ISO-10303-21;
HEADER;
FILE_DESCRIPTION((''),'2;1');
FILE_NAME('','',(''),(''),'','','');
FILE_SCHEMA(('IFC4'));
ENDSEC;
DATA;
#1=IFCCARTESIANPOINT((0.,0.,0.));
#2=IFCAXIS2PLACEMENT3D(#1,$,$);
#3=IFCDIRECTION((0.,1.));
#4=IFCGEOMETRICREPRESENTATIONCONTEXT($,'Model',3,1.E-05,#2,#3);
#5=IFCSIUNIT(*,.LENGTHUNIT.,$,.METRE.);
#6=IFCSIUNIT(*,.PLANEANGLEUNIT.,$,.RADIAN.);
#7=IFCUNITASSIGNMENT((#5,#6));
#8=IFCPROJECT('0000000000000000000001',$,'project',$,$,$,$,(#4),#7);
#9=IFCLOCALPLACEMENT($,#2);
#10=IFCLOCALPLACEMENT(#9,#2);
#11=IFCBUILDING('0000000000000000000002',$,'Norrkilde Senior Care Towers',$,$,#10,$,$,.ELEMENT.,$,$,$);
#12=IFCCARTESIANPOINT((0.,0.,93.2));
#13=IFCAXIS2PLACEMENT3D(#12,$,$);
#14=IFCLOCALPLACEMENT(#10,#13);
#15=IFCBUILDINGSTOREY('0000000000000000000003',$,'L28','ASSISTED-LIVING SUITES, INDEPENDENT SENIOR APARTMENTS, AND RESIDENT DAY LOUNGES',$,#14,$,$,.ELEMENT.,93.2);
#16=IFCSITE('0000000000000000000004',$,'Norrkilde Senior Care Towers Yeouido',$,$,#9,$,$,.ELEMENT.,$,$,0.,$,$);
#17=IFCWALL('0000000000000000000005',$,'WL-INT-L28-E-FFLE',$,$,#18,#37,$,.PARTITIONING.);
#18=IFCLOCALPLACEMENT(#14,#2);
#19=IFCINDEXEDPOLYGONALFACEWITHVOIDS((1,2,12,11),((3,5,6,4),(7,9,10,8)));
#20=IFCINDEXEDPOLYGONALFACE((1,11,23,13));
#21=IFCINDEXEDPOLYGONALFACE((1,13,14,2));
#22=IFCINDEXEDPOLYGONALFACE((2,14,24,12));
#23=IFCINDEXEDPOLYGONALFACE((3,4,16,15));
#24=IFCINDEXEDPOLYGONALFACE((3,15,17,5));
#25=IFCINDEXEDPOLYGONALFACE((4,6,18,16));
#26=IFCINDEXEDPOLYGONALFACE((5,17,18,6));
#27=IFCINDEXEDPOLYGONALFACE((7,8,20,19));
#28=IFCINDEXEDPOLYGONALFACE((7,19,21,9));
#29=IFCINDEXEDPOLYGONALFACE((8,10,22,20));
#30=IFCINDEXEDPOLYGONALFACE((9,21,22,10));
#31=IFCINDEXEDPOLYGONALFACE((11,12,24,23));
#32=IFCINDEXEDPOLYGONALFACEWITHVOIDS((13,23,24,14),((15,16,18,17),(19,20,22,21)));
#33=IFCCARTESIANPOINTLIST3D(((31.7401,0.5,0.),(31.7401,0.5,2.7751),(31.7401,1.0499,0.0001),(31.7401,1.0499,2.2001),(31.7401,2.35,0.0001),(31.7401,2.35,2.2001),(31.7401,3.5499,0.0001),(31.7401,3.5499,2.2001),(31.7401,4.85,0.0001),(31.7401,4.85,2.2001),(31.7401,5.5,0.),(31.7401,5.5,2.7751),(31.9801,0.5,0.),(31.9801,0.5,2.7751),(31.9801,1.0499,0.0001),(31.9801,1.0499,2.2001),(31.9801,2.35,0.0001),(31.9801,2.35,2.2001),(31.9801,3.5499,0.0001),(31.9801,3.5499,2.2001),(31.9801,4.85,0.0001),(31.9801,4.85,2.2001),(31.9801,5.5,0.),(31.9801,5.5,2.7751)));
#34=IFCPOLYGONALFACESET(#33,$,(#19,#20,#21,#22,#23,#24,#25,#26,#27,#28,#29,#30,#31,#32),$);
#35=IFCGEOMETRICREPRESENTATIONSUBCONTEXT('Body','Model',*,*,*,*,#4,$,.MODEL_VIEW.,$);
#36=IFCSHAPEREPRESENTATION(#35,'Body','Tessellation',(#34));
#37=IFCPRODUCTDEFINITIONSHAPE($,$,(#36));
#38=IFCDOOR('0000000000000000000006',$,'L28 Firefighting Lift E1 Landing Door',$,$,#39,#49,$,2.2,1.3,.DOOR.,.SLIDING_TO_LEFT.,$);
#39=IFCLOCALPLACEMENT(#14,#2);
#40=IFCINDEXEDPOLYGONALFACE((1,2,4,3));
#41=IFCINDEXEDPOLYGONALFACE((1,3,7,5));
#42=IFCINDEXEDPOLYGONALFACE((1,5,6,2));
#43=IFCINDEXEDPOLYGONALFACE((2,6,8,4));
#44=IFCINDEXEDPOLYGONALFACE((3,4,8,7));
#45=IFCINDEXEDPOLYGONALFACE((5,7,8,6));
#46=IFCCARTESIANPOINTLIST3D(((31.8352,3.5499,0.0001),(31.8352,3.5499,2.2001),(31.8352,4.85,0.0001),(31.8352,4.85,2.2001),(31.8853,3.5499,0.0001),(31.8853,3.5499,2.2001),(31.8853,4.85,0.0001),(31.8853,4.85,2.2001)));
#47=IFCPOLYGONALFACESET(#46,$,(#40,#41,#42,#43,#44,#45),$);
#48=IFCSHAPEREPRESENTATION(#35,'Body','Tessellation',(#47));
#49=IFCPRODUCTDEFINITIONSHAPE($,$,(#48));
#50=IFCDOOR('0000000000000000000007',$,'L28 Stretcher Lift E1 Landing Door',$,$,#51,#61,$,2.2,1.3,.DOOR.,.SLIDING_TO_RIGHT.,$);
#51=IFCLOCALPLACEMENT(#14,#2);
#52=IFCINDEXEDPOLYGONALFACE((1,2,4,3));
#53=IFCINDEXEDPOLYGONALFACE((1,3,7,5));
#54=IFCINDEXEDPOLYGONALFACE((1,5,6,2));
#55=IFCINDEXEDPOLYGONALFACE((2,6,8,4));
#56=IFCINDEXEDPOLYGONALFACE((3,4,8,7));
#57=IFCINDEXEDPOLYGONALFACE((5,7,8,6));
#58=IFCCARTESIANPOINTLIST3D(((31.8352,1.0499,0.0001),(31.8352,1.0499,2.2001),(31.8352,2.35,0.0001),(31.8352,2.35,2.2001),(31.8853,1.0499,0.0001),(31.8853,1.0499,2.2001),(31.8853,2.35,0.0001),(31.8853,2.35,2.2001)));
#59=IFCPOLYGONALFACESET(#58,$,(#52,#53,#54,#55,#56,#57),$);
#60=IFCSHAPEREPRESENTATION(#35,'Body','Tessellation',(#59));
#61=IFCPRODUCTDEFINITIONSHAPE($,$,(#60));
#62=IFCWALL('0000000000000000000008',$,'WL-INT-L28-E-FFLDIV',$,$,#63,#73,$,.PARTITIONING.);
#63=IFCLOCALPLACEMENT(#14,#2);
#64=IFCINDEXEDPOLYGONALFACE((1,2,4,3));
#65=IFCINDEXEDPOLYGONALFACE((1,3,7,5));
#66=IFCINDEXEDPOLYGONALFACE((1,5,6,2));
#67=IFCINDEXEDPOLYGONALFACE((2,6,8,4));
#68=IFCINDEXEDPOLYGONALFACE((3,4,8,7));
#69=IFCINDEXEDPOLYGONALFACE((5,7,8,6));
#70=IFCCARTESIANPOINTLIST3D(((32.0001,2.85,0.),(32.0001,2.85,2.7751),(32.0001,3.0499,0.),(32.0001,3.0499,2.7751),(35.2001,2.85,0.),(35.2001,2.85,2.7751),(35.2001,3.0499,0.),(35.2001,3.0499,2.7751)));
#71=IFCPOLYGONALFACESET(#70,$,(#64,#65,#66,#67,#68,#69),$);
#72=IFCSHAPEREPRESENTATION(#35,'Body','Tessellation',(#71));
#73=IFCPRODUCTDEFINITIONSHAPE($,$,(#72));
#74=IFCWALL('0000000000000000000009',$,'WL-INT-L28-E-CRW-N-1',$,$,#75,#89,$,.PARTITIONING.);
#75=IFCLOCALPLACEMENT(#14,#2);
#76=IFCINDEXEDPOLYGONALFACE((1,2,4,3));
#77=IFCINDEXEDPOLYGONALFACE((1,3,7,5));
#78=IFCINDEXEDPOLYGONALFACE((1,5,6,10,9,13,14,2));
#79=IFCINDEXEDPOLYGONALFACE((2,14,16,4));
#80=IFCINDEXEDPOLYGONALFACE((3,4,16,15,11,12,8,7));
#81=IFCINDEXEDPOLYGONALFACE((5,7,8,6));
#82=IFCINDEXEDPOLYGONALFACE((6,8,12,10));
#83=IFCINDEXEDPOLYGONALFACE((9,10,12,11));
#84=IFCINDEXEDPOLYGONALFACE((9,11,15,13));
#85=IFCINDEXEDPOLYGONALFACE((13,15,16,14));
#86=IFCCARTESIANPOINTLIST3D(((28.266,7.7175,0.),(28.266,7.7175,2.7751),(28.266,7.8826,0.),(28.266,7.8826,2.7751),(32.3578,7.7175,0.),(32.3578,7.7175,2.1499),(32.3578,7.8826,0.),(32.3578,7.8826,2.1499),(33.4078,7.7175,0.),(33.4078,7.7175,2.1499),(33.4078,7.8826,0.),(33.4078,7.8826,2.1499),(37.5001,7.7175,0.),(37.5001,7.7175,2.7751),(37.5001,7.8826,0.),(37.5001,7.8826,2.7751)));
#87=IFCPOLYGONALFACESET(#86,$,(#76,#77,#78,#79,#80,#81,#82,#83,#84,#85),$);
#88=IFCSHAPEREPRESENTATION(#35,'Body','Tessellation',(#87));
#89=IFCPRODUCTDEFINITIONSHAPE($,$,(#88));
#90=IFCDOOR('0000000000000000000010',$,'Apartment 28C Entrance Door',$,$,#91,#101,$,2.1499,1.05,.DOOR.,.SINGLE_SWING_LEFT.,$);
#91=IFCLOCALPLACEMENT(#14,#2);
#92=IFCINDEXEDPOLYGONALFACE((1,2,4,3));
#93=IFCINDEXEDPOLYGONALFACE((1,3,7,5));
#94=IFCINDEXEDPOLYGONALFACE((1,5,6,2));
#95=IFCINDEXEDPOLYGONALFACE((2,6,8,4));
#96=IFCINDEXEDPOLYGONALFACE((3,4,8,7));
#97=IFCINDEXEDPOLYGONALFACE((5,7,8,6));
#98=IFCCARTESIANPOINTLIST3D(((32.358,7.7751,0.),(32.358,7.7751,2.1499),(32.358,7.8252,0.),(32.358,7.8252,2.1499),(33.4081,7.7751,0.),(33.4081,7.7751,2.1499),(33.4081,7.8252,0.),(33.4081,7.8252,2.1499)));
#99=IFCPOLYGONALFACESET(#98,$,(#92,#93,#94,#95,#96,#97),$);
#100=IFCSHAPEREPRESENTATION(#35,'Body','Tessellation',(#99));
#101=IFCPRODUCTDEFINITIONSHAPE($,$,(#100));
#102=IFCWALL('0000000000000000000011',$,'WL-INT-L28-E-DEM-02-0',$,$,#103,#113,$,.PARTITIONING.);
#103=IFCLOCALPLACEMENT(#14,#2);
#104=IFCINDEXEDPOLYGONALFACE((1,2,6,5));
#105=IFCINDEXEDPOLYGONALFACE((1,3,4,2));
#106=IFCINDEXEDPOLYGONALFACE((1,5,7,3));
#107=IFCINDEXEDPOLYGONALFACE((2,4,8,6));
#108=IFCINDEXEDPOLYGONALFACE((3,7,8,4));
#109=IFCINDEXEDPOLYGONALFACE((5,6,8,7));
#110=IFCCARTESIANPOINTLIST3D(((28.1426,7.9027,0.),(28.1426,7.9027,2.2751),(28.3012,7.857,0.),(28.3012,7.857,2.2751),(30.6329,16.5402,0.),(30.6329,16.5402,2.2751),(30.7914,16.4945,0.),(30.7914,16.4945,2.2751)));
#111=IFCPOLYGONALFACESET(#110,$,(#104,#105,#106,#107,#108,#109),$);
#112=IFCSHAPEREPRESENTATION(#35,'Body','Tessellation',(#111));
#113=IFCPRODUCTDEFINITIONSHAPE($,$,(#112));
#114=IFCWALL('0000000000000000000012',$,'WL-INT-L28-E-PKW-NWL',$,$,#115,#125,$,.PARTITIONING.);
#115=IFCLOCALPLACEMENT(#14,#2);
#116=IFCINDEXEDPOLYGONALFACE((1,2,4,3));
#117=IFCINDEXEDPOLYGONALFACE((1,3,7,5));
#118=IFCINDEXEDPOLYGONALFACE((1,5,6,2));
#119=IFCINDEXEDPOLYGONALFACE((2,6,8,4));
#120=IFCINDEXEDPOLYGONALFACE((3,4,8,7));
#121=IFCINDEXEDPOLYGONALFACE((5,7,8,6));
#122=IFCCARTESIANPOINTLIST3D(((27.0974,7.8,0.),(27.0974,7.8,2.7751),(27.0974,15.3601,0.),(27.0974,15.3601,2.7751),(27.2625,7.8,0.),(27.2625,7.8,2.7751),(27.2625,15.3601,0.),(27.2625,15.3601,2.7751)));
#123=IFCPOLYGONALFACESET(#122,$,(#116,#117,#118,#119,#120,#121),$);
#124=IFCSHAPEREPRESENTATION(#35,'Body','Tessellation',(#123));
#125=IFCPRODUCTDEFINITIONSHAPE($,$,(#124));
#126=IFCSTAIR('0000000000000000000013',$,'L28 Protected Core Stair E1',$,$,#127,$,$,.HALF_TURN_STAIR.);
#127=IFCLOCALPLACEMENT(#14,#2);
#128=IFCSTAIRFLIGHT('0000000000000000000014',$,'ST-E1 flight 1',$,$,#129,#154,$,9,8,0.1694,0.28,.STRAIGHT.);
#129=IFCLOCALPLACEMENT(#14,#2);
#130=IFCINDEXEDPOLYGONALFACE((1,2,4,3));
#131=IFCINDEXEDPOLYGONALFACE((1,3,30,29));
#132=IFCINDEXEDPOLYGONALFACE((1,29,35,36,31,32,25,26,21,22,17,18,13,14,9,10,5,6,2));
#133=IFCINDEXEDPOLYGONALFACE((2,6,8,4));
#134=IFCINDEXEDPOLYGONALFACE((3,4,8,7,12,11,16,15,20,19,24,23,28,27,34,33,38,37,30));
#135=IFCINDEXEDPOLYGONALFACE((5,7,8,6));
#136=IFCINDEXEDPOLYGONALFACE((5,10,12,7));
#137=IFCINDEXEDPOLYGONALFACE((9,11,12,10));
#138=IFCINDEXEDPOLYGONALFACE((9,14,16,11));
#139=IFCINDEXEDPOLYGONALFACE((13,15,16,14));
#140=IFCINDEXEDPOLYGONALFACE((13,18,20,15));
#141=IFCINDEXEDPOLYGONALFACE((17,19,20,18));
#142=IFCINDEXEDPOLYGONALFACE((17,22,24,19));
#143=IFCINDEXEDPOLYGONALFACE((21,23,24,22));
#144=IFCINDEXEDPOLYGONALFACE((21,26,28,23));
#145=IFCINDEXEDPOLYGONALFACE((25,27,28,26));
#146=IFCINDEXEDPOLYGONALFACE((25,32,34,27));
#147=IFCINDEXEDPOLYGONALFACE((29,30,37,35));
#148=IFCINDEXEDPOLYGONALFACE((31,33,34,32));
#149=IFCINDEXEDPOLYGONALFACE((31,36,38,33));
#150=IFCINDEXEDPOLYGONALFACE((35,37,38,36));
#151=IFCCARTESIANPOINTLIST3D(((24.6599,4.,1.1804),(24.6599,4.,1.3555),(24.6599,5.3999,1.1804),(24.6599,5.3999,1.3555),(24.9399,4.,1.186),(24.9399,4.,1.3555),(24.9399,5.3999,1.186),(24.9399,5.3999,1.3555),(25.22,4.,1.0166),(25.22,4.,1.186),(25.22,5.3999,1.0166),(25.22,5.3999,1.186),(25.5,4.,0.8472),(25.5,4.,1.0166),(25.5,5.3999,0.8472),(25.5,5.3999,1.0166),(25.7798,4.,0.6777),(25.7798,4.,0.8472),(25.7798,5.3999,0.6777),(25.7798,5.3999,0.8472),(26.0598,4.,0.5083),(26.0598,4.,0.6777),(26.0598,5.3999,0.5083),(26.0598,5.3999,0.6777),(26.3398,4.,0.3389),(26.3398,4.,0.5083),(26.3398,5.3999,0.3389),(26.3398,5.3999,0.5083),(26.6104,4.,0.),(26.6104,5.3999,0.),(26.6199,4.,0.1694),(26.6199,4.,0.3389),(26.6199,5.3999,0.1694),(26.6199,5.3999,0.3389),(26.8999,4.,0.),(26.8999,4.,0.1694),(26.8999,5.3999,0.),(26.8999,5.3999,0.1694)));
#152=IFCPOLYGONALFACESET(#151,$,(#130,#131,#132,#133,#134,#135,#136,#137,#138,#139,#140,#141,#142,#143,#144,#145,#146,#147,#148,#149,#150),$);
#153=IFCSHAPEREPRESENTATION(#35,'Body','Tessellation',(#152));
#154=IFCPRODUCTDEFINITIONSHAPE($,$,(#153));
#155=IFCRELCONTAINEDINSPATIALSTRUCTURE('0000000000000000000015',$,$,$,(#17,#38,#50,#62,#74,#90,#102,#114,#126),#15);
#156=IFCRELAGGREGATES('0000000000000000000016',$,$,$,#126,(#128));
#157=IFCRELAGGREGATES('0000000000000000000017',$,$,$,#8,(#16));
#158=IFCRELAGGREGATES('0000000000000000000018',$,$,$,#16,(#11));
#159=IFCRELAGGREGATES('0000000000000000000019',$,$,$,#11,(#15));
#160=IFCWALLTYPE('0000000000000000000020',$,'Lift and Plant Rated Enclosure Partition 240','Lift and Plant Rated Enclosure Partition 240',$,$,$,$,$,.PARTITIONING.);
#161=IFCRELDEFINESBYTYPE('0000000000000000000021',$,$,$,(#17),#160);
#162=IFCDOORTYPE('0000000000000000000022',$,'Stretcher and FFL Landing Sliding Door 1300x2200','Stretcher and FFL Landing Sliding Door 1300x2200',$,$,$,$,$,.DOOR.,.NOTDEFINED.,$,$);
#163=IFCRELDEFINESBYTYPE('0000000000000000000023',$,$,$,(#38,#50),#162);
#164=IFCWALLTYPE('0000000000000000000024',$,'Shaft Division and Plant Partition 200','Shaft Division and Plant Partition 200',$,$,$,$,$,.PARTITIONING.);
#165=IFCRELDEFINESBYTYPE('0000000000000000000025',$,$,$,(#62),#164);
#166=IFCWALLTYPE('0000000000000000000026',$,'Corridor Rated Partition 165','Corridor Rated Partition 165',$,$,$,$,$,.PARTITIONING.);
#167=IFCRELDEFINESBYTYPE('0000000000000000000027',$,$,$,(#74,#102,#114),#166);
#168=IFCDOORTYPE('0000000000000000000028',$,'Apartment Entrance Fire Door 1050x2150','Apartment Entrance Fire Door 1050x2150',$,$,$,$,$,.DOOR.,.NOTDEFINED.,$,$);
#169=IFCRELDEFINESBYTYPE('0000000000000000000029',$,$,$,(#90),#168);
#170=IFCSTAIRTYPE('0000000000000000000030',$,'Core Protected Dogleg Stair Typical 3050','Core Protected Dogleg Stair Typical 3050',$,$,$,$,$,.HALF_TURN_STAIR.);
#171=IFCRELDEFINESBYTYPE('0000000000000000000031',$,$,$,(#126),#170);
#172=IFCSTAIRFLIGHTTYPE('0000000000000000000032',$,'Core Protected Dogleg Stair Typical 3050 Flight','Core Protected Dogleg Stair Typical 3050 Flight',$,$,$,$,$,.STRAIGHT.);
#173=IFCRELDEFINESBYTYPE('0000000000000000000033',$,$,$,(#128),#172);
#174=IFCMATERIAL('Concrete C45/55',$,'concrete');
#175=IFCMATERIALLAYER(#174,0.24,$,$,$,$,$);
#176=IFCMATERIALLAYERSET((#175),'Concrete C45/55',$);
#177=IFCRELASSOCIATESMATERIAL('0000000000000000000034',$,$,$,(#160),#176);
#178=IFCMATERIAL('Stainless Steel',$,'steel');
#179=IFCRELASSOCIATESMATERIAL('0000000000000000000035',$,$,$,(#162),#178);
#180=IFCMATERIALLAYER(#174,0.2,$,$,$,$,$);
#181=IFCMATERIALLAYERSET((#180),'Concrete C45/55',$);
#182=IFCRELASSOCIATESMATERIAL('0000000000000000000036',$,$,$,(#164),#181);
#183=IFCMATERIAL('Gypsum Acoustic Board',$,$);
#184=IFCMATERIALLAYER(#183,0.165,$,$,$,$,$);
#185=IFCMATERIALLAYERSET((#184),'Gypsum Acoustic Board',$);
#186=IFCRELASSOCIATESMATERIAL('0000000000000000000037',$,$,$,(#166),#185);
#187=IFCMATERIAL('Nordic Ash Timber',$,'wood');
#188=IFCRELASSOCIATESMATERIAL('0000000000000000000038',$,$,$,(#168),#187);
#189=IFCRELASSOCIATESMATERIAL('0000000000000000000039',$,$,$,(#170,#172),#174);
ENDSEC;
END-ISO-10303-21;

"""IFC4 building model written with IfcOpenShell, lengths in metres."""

from ifc_helpers import new_model, si_unit, direction, frame, frame_2d, origin, place, context, subcontext, project, spatial, polyline, rectangle, outline, extrude, source, transform, mapped, material, layer, layer_set, type_object, type_shapes, element, fill, aggregate, save


model = new_model("IFC4")

# Units and contexts
model_context = context("Model", 3, precision=1e-05, world=origin(), true_north=direction((0.0, 1.0)))
body_context = subcontext(model_context, "Body", "Model", "MODEL_VIEW")
ifc_project = project(units=[si_unit("LENGTHUNIT", "METRE"), si_unit("PLANEANGLEUNIT", "RADIAN")], contexts=[model_context])

# Site, building, storey
site_placement = place(None, origin())
site = spatial("IfcSite", under=ifc_project, at=site_placement, Name="Norrkilde Senior Care Towers Yeouido", CompositionType="ELEMENT", RefElevation=0.0)
building_placement = place(site_placement, origin())
building = spatial("IfcBuilding", under=site, at=building_placement, Name="Norrkilde Senior Care Towers", CompositionType="ELEMENT")
storey_placement = place(building_placement, frame((0.0, 0.0, 93.2)))
storey = spatial("IfcBuildingStorey", under=building, at=storey_placement, Name="L28", Description="ASSISTED-LIVING SUITES, INDEPENDENT SENIOR APARTMENTS, AND RESIDENT DAY LOUNGES", CompositionType="ELEMENT", Elevation=93.2)

# Wall, openings, doors
ifc_material_1 = material(Name="Concrete C45/55", Category="concrete")
ifc_layer_1 = layer(ifc_material_1, 0.24)
ifc_layer_set_1 = layer_set([ifc_layer_1], Name="Concrete C45/55")
wall_type_1 = type_object("IfcWallType", Name="Lift and Plant Rated Enclosure Partition 240", Description="Lift and Plant Rated Enclosure Partition 240", PredefinedType="PARTITIONING", material=ifc_layer_set_1)
shared_shape_1 = source(origin(), body_context, "Body", "SweptSolid", [
    extrude(rectangle(XDim=5.0, YDim=0.24, at=frame_2d((2.5, 0.0))), origin(), (0.0, 0.0, 1.0), 2.7751),
])
type_shapes(wall_type_1, [shared_shape_1])
wall_1_placement = place(storey_placement, frame((31.8601, 0.5, 0.0), z_axis=(0.0, 0.0, 1.0), x_axis=(0.0, 1.0, 0.0)))
wall_1 = element("IfcWall", 1, at=wall_1_placement, inside=storey, type_object=wall_type_1, Name="WL-INT-L28-E-FFLE", PredefinedType="PARTITIONING", context=body_context, shape_type="MappedRepresentation", body=[
    mapped(shared_shape_1, transform((0.0, 0.0, 0.0), x_axis=(1.0, 0.0, 0.0), y_axis=(0.0, 1.0, 0.0), z_axis=(0.0, 0.0, 1.0), scale=1.0)),
])
opening_1_placement = place(wall_1_placement, frame((3.05, 0.0, 0.0)))
opening_1 = element("IfcOpeningElement", 2, at=opening_1_placement, cuts=wall_1, PredefinedType="OPENING", context=body_context, shape_type="SweptSolid", body=[
    extrude(rectangle(XDim=1.3, YDim=2.2, at=frame_2d((0.6499, 1.1001))), frame((0.0, 0.1299, 0.0), z_axis=(0.0, -1.0, 0.0), x_axis=(1.0, 0.0, 0.0)), (0.0, 0.0, 1.0), 0.26),
])
opening_2_placement = place(wall_1_placement, frame((0.55, 0.0, 0.0)))
opening_2 = element("IfcOpeningElement", 3, at=opening_2_placement, cuts=wall_1, PredefinedType="OPENING", context=body_context, shape_type="SweptSolid", body=[
    extrude(rectangle(XDim=1.3, YDim=2.2, at=frame_2d((0.6499, 1.1001))), frame((0.0, 0.1299, 0.0), z_axis=(0.0, -1.0, 0.0), x_axis=(1.0, 0.0, 0.0)), (0.0, 0.0, 1.0), 0.26),
])
ifc_material_2 = material(Name="Stainless Steel", Category="steel")
door_type_1 = type_object("IfcDoorType", Name="Stretcher and FFL Landing Sliding Door 1300x2200", Description="Stretcher and FFL Landing Sliding Door 1300x2200", OperationType="NOTDEFINED", PredefinedType="DOOR", material=ifc_material_2)
shared_shape_2 = source(origin(), body_context, "Body", "SweptSolid", [
    extrude(rectangle(XDim=1.3, YDim=2.2, at=frame_2d((0.6499, 1.1001))), frame((0.0, 0.0249, 0.0), z_axis=(0.0, -1.0, 0.0), x_axis=(1.0, 0.0, 0.0)), (0.0, 0.0, 1.0), 0.05),
])
type_shapes(door_type_1, [shared_shape_2])
door_1_placement = place(opening_1_placement, origin())
door_1 = element("IfcDoor", 4, at=door_1_placement, inside=storey, type_object=door_type_1, Name="L28 Firefighting Lift E1 Landing Door", OperationType="SLIDING_TO_LEFT", OverallHeight=2.2, OverallWidth=1.3, PredefinedType="DOOR", context=body_context, shape_type="MappedRepresentation", body=[
    mapped(shared_shape_2, transform((0.0, 0.0, 0.0), x_axis=(1.0, 0.0, 0.0), y_axis=(0.0, 1.0, 0.0), z_axis=(0.0, 0.0, 1.0), scale=1.0)),
])
fill(opening_1, door_1)
door_2_placement = place(opening_2_placement, origin())
door_2 = element("IfcDoor", 5, at=door_2_placement, inside=storey, type_object=door_type_1, Name="L28 Stretcher Lift E1 Landing Door", OperationType="SLIDING_TO_RIGHT", OverallHeight=2.2, OverallWidth=1.3, PredefinedType="DOOR", context=body_context, shape_type="MappedRepresentation", body=[
    mapped(shared_shape_2, transform((0.0, 0.0, 0.0), x_axis=(1.0, 0.0, 0.0), y_axis=(0.0, 1.0, 0.0), z_axis=(0.0, 0.0, 1.0), scale=1.0)),
])
fill(opening_2, door_2)

# Wall
ifc_layer_2 = layer(ifc_material_1, 0.2)
ifc_layer_set_2 = layer_set([ifc_layer_2], Name="Concrete C45/55")
wall_type_2 = type_object("IfcWallType", Name="Shaft Division and Plant Partition 200", Description="Shaft Division and Plant Partition 200", PredefinedType="PARTITIONING", material=ifc_layer_set_2)
shared_shape_3 = source(origin(), body_context, "Body", "SweptSolid", [
    extrude(rectangle(XDim=3.2, YDim=0.2, at=frame_2d((1.6001, 0.0))), origin(), (0.0, 0.0, 1.0), 2.7751),
])
type_shapes(wall_type_2, [shared_shape_3])
wall_2_placement = place(storey_placement, frame((32.0, 2.95, 0.0), z_axis=(0.0, 0.0, 1.0), x_axis=(1.0, 0.0, 0.0)))
element("IfcWall", 6, at=wall_2_placement, inside=storey, type_object=wall_type_2, Name="WL-INT-L28-E-FFLDIV", PredefinedType="PARTITIONING", context=body_context, shape_type="MappedRepresentation", body=[
    mapped(shared_shape_3, transform((0.0, 0.0, 0.0), x_axis=(1.0, 0.0, 0.0), y_axis=(0.0, 1.0, 0.0), z_axis=(0.0, 0.0, 1.0), scale=1.0)),
])

# Wall, opening, door
ifc_material_3 = material(Name="Gypsum Acoustic Board")
ifc_layer_3 = layer(ifc_material_3, 0.165)
ifc_layer_set_3 = layer_set([ifc_layer_3], Name="Gypsum Acoustic Board")
wall_type_3 = type_object("IfcWallType", Name="Corridor Rated Partition 165", Description="Corridor Rated Partition 165", PredefinedType="PARTITIONING", material=ifc_layer_set_3)
shared_shape_4 = source(origin(), body_context, "Body", "SweptSolid", [
    extrude(rectangle(XDim=9.2341, YDim=0.165, at=frame_2d((4.6172, 0.0))), origin(), (0.0, 0.0, 1.0), 2.7751),
])
wall_3_placement = place(storey_placement, frame((28.2659, 7.8, 0.0), z_axis=(0.0, 0.0, 1.0), x_axis=(1.0, 0.0, 0.0)))
wall_3 = element("IfcWall", 7, at=wall_3_placement, inside=storey, type_object=wall_type_3, Name="WL-INT-L28-E-CRW-N-1", PredefinedType="PARTITIONING", context=body_context, shape_type="MappedRepresentation", body=[
    mapped(shared_shape_4, transform((0.0, 0.0, 0.0), x_axis=(1.0, 0.0, 0.0), y_axis=(0.0, 1.0, 0.0), z_axis=(0.0, 0.0, 1.0), scale=1.0)),
])
opening_3_placement = place(wall_3_placement, frame((4.092, 0.0, 0.0)))
opening_3 = element("IfcOpeningElement", 8, at=opening_3_placement, cuts=wall_3, PredefinedType="OPENING", context=body_context, shape_type="SweptSolid", body=[
    extrude(rectangle(XDim=1.05, YDim=2.1499, at=frame_2d((0.5249, 1.075))), frame((0.0, 0.0925, 0.0), z_axis=(0.0, -1.0, 0.0), x_axis=(1.0, 0.0, 0.0)), (0.0, 0.0, 1.0), 0.1851),
])
ifc_material_4 = material(Name="Nordic Ash Timber", Category="wood")
door_type_2 = type_object("IfcDoorType", Name="Apartment Entrance Fire Door 1050x2150", Description="Apartment Entrance Fire Door 1050x2150", OperationType="NOTDEFINED", PredefinedType="DOOR", material=ifc_material_4)
shared_shape_5 = source(origin(), body_context, "Body", "SweptSolid", [
    extrude(rectangle(XDim=1.05, YDim=2.1499, at=frame_2d((0.5249, 1.075))), frame((0.0, 0.0249, 0.0), z_axis=(0.0, -1.0, 0.0), x_axis=(1.0, 0.0, 0.0)), (0.0, 0.0, 1.0), 0.05),
])
type_shapes(door_type_2, [shared_shape_5])
door_3_placement = place(opening_3_placement, frame((1.05, 0.0, 0.0), z_axis=(0.0, 0.0, 1.0), x_axis=(-1.0, 0.0, 0.0)))
door_3 = element("IfcDoor", 9, at=door_3_placement, inside=storey, type_object=door_type_2, Name="Apartment 28C Entrance Door", OperationType="SINGLE_SWING_LEFT", OverallHeight=2.1499, OverallWidth=1.05, PredefinedType="DOOR", context=body_context, shape_type="MappedRepresentation", body=[
    mapped(shared_shape_5, transform((0.0, 0.0, 0.0), x_axis=(1.0, 0.0, 0.0), y_axis=(0.0, 1.0, 0.0), z_axis=(0.0, 0.0, 1.0), scale=1.0)),
])
fill(opening_3, door_3)

# Walls
shared_shape_6 = source(origin(), body_context, "Body", "SweptSolid", [
    extrude(rectangle(XDim=8.9893, YDim=0.165, at=frame_2d((4.4946, 0.0))), origin(), (0.0, 0.0, 1.0), 2.2751),
])
wall_4_placement = place(storey_placement, frame((28.2219, 7.8799, 0.0), z_axis=(0.0, 0.0, 1.0), x_axis=(0.277023, 0.960863, 0.0)))
element("IfcWall", 10, at=wall_4_placement, inside=storey, type_object=wall_type_3, Name="WL-INT-L28-E-DEM-02-0", PredefinedType="PARTITIONING", context=body_context, shape_type="MappedRepresentation", body=[
    mapped(shared_shape_6, transform((0.0, 0.0, 0.0), x_axis=(1.0, 0.0, 0.0), y_axis=(0.0, 1.0, 0.0), z_axis=(0.0, 0.0, 1.0), scale=1.0)),
])
shared_shape_7 = source(origin(), body_context, "Body", "SweptSolid", [
    extrude(rectangle(XDim=7.5601, YDim=0.165, at=frame_2d((3.78, 0.0))), origin(), (0.0, 0.0, 1.0), 2.7751),
])
type_shapes(wall_type_3, [shared_shape_4, shared_shape_6, shared_shape_7])
wall_5_placement = place(storey_placement, frame((27.1799, 7.8, 0.0), z_axis=(0.0, 0.0, 1.0), x_axis=(0.0, 1.0, 0.0)))
element("IfcWall", 11, at=wall_5_placement, inside=storey, type_object=wall_type_3, Name="WL-INT-L28-E-PKW-NWL", PredefinedType="PARTITIONING", context=body_context, shape_type="MappedRepresentation", body=[
    mapped(shared_shape_7, transform((0.0, 0.0, 0.0), x_axis=(1.0, 0.0, 0.0), y_axis=(0.0, 1.0, 0.0), z_axis=(0.0, 0.0, 1.0), scale=1.0)),
])

# Stair, stair flight
stair_type = type_object("IfcStairType", Name="Core Protected Dogleg Stair Typical 3050", Description="Core Protected Dogleg Stair Typical 3050", PredefinedType="HALF_TURN_STAIR", material=ifc_material_1)
stair_placement = place(storey_placement, origin())
stair = element("IfcStair", 12, at=stair_placement, inside=storey, type_object=stair_type, Name="L28 Protected Core Stair E1", PredefinedType="HALF_TURN_STAIR")
stair_flight_type = type_object("IfcStairFlightType", Name="Core Protected Dogleg Stair Typical 3050 Flight", Description="Core Protected Dogleg Stair Typical 3050 Flight", PredefinedType="STRAIGHT", material=ifc_material_1)
stair_flight_placement = place(storey_placement, frame((26.8999, 4.7, 0.0), z_axis=(0.0, 0.0, 1.0), x_axis=(-1.0, 0.0, 0.0)))
stair_flight = element("IfcStairFlight", 13, at=stair_flight_placement, type_object=stair_flight_type, Name="ST-E1 flight 1", NumberOfRisers=9, NumberOfTreads=8, PredefinedType="STRAIGHT", RiserHeight=0.1694, TreadLength=0.28, context=body_context, shape_type="SweptSolid", body=[
    extrude(outline(polyline([(0.0, 0.0), (0.0, 0.1694), (0.28, 0.1694), (0.28, 0.3389), (0.5601, 0.3389), (0.5601, 0.5083), (0.8401, 0.5083), (0.8401, 0.6777), (1.1201, 0.6777), (1.1201, 0.8472), (1.3999, 0.8472), (1.3999, 1.0166), (1.6799, 1.0166), (1.6799, 1.186), (1.96, 1.186), (1.96, 1.3555), (2.24, 1.3555), (2.24, 1.5249), (2.24, 1.1804), (0.2896, 0.0), (0.0, 0.0)])), frame((0.0, 0.7, 0.0), z_axis=(0.0, -1.0, 0.0), x_axis=(1.0, 0.0, 0.0)), (0.0, 0.0, 1.0), 1.3999),
])
aggregate(stair, [stair_flight])

save(model, "model.ifc")
